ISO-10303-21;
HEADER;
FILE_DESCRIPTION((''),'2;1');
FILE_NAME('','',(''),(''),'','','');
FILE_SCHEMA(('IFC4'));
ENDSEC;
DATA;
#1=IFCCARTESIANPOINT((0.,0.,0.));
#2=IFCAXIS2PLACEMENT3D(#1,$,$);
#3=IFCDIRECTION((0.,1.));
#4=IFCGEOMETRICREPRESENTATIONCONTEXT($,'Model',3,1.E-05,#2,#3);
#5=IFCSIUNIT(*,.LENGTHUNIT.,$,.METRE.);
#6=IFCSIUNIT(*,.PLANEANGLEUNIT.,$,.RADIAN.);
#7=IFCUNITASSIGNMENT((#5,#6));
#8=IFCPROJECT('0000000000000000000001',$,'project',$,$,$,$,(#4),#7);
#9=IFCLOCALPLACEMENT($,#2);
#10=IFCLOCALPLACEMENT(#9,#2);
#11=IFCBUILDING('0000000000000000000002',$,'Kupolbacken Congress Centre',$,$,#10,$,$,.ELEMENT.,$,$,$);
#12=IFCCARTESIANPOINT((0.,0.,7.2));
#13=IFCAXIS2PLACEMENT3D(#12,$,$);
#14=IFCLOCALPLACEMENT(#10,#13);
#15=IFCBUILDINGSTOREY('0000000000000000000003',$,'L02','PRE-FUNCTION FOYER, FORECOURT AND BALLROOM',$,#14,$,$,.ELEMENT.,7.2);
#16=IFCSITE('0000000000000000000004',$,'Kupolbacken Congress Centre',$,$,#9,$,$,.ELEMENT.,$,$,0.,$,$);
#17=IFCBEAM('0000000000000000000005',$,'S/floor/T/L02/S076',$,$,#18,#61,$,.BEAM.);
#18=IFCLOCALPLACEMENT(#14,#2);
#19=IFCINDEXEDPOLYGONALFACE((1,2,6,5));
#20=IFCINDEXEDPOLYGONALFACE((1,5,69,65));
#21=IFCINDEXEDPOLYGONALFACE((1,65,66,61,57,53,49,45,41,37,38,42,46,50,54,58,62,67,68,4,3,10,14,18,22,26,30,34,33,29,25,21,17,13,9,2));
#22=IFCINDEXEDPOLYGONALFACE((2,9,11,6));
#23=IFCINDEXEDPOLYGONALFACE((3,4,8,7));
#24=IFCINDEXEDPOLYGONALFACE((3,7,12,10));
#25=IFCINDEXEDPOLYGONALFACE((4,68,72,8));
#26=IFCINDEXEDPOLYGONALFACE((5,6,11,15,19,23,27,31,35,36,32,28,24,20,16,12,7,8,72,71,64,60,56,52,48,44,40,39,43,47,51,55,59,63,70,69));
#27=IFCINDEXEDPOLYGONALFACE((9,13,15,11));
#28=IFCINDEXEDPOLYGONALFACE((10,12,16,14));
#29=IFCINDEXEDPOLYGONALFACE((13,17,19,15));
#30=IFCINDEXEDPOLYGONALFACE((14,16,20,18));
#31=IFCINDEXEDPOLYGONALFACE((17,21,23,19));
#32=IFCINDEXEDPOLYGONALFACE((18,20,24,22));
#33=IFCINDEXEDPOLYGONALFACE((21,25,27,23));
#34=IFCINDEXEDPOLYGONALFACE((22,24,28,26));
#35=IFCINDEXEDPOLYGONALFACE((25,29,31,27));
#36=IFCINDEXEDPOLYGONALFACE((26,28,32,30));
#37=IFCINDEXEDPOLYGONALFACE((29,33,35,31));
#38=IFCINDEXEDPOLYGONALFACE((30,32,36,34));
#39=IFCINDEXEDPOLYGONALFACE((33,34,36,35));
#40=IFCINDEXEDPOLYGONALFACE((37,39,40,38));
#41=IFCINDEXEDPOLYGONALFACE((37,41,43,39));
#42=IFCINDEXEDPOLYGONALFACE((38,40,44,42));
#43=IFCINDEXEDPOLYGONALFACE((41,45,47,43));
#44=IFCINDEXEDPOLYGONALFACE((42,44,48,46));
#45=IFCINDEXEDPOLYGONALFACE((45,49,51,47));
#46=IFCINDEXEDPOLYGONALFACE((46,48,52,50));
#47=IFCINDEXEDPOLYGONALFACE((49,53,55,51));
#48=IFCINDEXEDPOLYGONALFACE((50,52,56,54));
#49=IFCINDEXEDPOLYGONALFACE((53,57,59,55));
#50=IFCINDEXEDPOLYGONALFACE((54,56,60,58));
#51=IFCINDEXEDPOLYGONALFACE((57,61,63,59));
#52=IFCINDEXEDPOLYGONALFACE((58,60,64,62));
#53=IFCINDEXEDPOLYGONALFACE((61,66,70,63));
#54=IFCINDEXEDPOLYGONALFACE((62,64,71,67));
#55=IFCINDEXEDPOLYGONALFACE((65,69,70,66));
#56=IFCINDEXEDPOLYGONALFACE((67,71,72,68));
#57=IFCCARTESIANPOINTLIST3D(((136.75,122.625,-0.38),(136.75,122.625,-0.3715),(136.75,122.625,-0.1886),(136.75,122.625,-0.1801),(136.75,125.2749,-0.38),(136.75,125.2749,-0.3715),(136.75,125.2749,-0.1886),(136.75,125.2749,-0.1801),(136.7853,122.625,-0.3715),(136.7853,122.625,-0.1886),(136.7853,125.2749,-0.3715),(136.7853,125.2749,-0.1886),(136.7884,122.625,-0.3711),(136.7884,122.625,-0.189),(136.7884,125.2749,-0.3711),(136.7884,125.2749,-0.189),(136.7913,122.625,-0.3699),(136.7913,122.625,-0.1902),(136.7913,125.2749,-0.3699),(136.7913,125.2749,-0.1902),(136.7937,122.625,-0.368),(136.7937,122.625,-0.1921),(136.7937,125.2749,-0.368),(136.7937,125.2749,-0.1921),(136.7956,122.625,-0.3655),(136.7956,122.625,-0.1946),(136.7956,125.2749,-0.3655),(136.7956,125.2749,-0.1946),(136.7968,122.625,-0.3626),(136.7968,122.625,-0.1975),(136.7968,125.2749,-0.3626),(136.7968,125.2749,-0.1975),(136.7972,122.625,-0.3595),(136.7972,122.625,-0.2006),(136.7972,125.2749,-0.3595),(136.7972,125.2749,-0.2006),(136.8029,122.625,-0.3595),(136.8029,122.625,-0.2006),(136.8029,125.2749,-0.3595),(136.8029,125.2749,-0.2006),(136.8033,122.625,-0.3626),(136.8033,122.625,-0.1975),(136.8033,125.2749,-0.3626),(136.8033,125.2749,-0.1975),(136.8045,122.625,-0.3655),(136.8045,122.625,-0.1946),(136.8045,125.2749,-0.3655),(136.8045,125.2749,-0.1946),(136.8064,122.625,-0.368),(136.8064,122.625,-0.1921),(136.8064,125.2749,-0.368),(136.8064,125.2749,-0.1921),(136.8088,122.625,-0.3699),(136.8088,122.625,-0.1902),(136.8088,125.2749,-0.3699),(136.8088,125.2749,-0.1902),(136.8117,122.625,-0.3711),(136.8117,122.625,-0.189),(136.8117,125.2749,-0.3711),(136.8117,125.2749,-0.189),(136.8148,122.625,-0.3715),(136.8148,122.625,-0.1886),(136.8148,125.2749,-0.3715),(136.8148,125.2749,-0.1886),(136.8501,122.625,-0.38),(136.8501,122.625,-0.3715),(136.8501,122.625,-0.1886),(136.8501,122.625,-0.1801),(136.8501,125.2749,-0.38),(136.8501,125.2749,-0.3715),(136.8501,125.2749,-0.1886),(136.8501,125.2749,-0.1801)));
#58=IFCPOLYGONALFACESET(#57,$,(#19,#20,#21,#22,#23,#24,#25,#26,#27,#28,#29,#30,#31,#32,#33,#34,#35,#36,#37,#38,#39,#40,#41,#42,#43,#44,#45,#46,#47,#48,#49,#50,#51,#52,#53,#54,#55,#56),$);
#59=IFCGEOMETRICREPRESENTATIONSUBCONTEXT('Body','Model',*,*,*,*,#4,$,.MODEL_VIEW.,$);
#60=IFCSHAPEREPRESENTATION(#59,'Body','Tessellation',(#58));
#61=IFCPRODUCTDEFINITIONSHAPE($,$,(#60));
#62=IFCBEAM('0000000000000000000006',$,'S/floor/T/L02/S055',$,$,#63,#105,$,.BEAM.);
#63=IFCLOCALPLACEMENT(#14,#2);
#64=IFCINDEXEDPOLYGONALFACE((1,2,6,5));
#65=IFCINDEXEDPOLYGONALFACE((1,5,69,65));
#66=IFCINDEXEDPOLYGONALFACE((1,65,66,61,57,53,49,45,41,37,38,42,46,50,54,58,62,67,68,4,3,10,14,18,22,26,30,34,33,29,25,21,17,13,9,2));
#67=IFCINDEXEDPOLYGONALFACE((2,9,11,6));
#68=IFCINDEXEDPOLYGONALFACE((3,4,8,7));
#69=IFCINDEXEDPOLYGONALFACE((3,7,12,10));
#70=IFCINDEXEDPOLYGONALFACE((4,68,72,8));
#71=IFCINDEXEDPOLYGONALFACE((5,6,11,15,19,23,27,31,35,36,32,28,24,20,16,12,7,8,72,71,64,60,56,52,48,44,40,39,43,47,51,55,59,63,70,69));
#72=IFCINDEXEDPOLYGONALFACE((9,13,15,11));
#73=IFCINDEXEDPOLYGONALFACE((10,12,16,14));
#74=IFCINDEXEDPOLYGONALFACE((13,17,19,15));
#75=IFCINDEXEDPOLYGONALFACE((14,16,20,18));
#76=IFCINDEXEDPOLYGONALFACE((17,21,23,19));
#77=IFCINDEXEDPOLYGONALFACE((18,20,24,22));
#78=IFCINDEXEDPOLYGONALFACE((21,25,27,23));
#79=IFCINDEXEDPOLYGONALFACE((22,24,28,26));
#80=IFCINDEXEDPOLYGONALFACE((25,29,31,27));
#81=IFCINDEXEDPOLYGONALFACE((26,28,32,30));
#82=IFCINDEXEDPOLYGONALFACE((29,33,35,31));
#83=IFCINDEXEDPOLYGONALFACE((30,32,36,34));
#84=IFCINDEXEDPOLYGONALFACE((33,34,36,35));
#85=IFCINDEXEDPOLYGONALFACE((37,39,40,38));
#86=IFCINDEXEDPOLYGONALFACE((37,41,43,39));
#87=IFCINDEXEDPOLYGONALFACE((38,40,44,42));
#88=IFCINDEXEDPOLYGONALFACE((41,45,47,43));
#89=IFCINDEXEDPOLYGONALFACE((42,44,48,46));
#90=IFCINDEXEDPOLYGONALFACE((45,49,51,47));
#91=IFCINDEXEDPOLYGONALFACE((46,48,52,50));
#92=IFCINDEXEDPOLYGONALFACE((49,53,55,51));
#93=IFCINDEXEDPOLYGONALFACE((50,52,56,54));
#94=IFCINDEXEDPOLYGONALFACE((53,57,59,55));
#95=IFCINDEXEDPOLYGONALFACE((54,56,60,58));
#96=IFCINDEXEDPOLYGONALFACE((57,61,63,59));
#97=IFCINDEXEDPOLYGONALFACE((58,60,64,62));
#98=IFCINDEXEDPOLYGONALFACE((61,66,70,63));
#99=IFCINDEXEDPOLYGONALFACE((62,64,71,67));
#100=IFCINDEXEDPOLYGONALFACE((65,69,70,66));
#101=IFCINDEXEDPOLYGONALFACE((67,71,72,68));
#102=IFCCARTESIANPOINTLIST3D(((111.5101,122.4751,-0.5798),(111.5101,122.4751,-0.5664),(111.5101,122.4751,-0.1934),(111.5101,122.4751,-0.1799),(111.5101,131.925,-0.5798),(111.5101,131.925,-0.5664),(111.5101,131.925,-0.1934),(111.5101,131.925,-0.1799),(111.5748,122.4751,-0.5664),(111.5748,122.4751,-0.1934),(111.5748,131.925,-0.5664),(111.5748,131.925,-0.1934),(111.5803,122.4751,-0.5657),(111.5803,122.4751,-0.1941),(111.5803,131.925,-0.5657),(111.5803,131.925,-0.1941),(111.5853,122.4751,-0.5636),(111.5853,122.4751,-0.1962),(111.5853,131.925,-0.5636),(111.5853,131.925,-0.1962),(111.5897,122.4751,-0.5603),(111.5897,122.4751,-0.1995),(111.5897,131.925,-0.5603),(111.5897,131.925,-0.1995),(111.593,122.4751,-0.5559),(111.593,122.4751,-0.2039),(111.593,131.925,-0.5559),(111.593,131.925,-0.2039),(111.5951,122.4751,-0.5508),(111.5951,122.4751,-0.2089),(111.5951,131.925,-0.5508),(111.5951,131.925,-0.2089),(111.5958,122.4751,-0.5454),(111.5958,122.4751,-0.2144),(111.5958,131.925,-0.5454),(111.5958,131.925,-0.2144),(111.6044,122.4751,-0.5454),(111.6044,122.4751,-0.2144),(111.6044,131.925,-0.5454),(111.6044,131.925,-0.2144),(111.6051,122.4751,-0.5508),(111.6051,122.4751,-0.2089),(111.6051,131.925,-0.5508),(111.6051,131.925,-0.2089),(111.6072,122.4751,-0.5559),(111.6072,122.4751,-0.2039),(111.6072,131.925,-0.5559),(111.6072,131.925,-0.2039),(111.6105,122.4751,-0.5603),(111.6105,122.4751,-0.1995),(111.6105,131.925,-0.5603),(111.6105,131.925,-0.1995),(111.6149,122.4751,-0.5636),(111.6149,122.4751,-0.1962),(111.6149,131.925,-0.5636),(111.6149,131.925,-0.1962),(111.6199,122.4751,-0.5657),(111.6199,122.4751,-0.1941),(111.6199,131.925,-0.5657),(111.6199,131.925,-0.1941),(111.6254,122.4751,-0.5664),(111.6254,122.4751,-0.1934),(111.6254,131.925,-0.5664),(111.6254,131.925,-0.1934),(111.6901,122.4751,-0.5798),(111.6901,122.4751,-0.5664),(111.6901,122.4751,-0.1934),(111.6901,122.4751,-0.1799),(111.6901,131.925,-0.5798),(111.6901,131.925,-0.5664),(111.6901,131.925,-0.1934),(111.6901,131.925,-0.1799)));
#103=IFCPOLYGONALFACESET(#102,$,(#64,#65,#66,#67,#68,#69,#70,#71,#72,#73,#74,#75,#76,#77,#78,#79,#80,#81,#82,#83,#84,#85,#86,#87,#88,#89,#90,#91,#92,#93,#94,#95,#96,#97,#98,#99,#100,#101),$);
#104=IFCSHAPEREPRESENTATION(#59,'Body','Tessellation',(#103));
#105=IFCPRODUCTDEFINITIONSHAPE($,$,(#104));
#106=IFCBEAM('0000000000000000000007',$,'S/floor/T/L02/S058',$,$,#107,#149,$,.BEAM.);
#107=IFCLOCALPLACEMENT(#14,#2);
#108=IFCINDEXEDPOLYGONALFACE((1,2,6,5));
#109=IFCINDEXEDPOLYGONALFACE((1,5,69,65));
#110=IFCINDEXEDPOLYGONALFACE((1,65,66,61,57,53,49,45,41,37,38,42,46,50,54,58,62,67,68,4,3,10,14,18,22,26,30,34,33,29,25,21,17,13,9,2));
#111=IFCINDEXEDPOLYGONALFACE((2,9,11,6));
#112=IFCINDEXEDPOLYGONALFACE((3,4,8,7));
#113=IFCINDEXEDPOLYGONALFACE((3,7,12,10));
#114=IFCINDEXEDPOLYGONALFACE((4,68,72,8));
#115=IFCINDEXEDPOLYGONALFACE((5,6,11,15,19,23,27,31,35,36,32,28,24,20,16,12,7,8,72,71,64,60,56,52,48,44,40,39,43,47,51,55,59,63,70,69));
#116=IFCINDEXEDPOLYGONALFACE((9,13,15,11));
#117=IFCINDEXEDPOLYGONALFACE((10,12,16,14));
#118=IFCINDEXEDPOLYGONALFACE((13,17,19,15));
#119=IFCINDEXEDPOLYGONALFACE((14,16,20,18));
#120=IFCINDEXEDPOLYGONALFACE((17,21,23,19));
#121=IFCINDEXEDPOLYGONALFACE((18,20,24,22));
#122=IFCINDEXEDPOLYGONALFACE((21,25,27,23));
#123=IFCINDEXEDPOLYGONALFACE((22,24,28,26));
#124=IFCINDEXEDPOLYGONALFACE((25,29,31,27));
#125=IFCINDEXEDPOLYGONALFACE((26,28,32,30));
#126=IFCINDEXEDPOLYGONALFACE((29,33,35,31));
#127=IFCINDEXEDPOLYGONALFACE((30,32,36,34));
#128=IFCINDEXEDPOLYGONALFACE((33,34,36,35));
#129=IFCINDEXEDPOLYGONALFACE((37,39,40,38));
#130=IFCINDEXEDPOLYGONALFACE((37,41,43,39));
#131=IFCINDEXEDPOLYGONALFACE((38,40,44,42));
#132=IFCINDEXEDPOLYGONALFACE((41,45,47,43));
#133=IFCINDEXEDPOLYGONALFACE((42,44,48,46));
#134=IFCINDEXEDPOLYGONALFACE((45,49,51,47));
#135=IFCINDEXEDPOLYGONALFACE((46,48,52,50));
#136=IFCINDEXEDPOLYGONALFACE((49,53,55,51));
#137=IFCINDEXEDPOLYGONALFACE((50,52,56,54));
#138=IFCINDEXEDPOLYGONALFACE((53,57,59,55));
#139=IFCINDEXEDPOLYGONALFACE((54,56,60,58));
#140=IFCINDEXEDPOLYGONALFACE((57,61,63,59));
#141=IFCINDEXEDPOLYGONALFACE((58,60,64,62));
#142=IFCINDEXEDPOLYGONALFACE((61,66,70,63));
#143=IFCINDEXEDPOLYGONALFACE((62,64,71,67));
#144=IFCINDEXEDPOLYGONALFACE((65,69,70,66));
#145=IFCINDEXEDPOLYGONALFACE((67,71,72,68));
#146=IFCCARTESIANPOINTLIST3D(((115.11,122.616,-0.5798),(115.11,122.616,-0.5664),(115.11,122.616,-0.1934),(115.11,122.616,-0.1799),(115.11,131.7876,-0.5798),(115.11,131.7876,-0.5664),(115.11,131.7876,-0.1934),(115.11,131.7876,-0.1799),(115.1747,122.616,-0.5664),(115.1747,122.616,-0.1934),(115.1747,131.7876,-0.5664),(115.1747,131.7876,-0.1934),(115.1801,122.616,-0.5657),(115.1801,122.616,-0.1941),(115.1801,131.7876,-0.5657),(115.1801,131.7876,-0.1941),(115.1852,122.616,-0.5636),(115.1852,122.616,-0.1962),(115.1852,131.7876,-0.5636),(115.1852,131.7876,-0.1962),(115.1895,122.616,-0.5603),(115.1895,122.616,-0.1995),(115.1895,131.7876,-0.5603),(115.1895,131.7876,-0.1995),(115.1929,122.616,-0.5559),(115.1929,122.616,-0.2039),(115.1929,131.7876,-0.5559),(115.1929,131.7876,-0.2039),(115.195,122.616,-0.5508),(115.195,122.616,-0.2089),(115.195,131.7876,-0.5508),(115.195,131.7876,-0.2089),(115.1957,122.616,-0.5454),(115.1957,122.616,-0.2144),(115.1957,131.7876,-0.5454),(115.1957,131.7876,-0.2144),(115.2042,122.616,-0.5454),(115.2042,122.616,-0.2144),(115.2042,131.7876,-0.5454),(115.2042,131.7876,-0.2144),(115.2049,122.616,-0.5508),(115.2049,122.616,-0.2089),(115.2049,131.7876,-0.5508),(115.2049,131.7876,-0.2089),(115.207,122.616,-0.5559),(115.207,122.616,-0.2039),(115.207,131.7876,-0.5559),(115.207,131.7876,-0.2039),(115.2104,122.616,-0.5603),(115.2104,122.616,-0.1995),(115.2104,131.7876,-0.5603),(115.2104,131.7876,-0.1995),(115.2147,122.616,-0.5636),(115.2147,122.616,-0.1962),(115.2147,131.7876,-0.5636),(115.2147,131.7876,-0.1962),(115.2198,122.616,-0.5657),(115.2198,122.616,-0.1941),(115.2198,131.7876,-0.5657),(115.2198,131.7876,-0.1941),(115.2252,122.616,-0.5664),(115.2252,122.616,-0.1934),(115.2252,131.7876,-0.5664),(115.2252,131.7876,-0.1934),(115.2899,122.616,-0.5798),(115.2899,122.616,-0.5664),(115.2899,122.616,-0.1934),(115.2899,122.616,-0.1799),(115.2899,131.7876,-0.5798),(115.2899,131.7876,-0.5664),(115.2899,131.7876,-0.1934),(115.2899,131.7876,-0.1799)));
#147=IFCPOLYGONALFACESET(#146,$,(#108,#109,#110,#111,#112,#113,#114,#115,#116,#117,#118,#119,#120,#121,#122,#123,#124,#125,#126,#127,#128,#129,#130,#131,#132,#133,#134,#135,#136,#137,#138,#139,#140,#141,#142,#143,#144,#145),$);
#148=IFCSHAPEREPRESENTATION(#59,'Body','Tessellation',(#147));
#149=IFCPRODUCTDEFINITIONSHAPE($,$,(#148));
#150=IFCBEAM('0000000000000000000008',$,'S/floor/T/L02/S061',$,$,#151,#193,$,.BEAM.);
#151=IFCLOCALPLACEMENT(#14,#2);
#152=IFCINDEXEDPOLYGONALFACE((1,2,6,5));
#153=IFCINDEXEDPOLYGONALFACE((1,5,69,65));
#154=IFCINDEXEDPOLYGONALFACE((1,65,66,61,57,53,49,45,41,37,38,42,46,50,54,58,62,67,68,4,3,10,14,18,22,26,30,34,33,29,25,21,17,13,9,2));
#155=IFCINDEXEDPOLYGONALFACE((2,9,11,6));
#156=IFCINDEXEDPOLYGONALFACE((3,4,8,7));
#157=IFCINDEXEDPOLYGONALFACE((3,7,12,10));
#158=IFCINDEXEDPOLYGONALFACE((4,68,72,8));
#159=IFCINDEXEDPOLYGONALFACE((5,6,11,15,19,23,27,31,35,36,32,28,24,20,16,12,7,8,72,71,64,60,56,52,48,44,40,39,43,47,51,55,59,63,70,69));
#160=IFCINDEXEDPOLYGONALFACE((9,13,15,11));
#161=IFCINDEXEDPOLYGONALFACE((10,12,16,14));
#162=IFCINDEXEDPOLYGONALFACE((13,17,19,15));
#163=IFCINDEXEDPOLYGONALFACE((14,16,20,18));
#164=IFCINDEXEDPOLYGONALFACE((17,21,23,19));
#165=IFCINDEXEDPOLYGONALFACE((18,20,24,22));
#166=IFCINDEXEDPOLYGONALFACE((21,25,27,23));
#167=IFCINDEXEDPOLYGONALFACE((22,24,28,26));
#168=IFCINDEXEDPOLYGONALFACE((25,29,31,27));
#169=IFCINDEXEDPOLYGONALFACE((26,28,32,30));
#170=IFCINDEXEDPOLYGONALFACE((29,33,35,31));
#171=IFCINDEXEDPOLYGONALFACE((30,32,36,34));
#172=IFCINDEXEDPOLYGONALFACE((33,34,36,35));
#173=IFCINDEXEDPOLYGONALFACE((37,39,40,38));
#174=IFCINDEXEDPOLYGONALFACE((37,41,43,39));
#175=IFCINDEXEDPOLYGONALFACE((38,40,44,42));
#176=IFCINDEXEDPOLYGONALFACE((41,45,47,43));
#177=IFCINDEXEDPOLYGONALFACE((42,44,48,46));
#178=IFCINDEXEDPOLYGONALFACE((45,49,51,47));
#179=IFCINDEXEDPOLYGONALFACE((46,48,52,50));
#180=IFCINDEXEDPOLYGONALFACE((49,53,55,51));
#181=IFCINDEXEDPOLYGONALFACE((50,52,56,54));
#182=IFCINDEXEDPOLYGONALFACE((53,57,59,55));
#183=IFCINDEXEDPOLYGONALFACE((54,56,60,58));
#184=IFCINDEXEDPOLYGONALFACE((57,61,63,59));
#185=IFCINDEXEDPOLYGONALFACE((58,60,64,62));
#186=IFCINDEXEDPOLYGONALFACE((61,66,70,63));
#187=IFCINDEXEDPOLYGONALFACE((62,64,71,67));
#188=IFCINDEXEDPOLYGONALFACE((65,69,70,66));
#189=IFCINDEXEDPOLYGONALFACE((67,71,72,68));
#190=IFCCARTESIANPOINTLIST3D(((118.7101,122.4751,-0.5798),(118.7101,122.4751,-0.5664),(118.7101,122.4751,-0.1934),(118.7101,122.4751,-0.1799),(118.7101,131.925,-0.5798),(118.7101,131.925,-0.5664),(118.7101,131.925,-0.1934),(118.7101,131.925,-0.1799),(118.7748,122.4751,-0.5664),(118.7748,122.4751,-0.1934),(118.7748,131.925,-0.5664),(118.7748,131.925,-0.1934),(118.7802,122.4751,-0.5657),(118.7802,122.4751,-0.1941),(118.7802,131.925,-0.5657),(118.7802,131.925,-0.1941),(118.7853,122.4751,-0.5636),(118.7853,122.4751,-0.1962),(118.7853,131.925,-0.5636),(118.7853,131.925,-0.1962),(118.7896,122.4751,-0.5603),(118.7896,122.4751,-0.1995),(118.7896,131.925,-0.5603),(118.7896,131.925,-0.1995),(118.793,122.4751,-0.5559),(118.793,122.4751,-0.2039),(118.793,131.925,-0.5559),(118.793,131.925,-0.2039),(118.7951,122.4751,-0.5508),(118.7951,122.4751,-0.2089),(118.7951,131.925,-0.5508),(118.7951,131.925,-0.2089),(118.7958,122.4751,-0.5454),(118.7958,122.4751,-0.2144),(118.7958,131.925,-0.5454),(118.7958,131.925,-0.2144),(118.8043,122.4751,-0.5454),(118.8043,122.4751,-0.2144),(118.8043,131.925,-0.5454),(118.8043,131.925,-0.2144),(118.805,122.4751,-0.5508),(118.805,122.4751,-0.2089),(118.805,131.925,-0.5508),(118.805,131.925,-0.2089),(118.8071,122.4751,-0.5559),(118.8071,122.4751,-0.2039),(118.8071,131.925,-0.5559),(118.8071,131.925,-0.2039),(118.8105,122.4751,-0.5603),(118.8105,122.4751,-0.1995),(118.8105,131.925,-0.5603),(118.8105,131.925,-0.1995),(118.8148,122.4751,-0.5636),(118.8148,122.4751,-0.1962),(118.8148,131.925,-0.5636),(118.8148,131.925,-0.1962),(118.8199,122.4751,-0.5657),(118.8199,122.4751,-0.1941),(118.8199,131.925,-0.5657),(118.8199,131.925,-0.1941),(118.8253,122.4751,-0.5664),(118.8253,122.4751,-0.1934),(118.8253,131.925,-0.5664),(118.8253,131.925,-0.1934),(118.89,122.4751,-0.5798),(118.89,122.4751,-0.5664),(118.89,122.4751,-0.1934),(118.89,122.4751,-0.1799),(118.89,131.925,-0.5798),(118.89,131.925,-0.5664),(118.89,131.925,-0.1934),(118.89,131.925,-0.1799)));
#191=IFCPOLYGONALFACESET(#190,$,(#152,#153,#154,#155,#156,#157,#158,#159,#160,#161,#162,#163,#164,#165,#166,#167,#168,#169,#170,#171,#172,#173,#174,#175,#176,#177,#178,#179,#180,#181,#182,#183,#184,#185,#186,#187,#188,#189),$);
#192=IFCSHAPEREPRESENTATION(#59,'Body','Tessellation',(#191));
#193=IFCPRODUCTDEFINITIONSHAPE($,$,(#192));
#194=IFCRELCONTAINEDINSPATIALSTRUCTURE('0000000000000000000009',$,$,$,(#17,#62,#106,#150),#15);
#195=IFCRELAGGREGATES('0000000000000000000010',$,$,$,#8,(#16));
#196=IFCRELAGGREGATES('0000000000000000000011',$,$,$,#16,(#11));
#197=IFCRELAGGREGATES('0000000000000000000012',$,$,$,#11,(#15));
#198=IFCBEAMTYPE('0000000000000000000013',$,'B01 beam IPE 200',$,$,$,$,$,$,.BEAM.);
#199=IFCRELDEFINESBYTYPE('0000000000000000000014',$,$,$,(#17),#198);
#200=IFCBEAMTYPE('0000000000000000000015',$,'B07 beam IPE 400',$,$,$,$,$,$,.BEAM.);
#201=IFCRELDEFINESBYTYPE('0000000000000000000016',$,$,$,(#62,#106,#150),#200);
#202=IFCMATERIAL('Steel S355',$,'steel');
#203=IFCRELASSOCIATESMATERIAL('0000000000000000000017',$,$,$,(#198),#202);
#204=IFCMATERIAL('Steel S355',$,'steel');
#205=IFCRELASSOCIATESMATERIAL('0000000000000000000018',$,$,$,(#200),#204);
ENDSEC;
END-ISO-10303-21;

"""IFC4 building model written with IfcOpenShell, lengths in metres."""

from ifc_helpers import new_model, si_unit, direction, frame, origin, origin_2d, place, context, subcontext, project, spatial, i_section, extrude, material, material_profile, profile_set, type_object, element, save


model = new_model("IFC4")

# Units and contexts
model_context = context("Model", 3, precision=1e-05, world=origin(), true_north=direction((0.0, 1.0)))
body_context = subcontext(model_context, "Body", "Model", "MODEL_VIEW")
ifc_project = project(units=[si_unit("LENGTHUNIT", "METRE"), si_unit("PLANEANGLEUNIT", "RADIAN")], contexts=[model_context])

# Site, building, storey
site_placement = place(None, origin())
site = spatial("IfcSite", under=ifc_project, at=site_placement, Name="Kupolbacken Congress Centre", CompositionType="ELEMENT", RefElevation=0.0)
building_placement = place(site_placement, origin())
building = spatial("IfcBuilding", under=site, at=building_placement, Name="Kupolbacken Congress Centre", CompositionType="ELEMENT")
storey_placement = place(building_placement, frame((0.0, 0.0, 7.2)))
storey = spatial("IfcBuildingStorey", under=building, at=storey_placement, Name="L02", Description="PRE-FUNCTION FOYER, FORECOURT AND BALLROOM", CompositionType="ELEMENT", Elevation=7.2)

# Beams
ifc_material_1 = material(Name="Steel S355", Category="steel")
ifc_material_profile_1 = material_profile(ifc_material_1, i_section(OverallWidth=0.1001, OverallDepth=0.2, WebThickness=0.0056, FlangeThickness=0.0085, FilletRadius=0.012, at=origin_2d()), Name="IPE 200")
ifc_profile_set_1 = profile_set([ifc_material_profile_1], Name="Steel S355")
beam_type_1 = type_object("IfcBeamType", Name="B01 beam IPE 200", PredefinedType="BEAM", material=ifc_profile_set_1)
beam_1_placement = place(storey_placement, frame((136.8, 122.625, -0.28), z_axis=(0.0, 1.0, 0.0), x_axis=(-1.0, 0.0, 0.0)))
element("IfcBeam", 1, at=beam_1_placement, inside=storey, type_object=beam_type_1, Name="S/floor/T/L02/S076", PredefinedType="BEAM", context=body_context, shape_type="SweptSolid", body=[
    extrude(i_section(OverallWidth=0.1001, OverallDepth=0.2, WebThickness=0.0056, FlangeThickness=0.0085, FilletRadius=0.012, at=origin_2d()), origin(), (0.0, 0.0, 1.0), 2.6499),
])
ifc_material_2 = material(Name="Steel S355", Category="steel")
ifc_material_profile_2 = material_profile(ifc_material_2, i_section(OverallWidth=0.1799, OverallDepth=0.3999, WebThickness=0.0085, FlangeThickness=0.0134, FilletRadius=0.021, at=origin_2d()), Name="IPE 400")
ifc_profile_set_2 = profile_set([ifc_material_profile_2], Name="Steel S355")
beam_type_2 = type_object("IfcBeamType", Name="B07 beam IPE 400", PredefinedType="BEAM", material=ifc_profile_set_2)
beam_2_placement = place(storey_placement, frame((111.6001, 122.4751, -0.3799), z_axis=(0.0, 1.0, 0.0), x_axis=(-1.0, 0.0, 0.0)))
element("IfcBeam", 2, at=beam_2_placement, inside=storey, type_object=beam_type_2, Name="S/floor/T/L02/S055", PredefinedType="BEAM", context=body_context, shape_type="SweptSolid", body=[
    extrude(i_section(OverallWidth=0.1799, OverallDepth=0.3999, WebThickness=0.0085, FlangeThickness=0.0134, FilletRadius=0.021, at=origin_2d()), origin(), (0.0, 0.0, 1.0), 9.45),
])
beam_3_placement = place(storey_placement, frame((115.2, 122.616, -0.3799), z_axis=(0.0, 1.0, 0.0), x_axis=(-1.0, 0.0, 0.0)))
element("IfcBeam", 3, at=beam_3_placement, inside=storey, type_object=beam_type_2, Name="S/floor/T/L02/S058", PredefinedType="BEAM", context=body_context, shape_type="SweptSolid", body=[
    extrude(i_section(OverallWidth=0.1799, OverallDepth=0.3999, WebThickness=0.0085, FlangeThickness=0.0134, FilletRadius=0.021, at=origin_2d()), origin(), (0.0, 0.0, 1.0), 9.1716),
])
beam_4_placement = place(storey_placement, frame((118.8, 122.4751, -0.3799), z_axis=(0.0, 1.0, 0.0), x_axis=(-1.0, 0.0, 0.0)))
element("IfcBeam", 4, at=beam_4_placement, inside=storey, type_object=beam_type_2, Name="S/floor/T/L02/S061", PredefinedType="BEAM", context=body_context, shape_type="SweptSolid", body=[
    extrude(i_section(OverallWidth=0.1799, OverallDepth=0.3999, WebThickness=0.0085, FlangeThickness=0.0134, FilletRadius=0.021, at=origin_2d()), origin(), (0.0, 0.0, 1.0), 9.45),
])

save(model, "model.ifc")
